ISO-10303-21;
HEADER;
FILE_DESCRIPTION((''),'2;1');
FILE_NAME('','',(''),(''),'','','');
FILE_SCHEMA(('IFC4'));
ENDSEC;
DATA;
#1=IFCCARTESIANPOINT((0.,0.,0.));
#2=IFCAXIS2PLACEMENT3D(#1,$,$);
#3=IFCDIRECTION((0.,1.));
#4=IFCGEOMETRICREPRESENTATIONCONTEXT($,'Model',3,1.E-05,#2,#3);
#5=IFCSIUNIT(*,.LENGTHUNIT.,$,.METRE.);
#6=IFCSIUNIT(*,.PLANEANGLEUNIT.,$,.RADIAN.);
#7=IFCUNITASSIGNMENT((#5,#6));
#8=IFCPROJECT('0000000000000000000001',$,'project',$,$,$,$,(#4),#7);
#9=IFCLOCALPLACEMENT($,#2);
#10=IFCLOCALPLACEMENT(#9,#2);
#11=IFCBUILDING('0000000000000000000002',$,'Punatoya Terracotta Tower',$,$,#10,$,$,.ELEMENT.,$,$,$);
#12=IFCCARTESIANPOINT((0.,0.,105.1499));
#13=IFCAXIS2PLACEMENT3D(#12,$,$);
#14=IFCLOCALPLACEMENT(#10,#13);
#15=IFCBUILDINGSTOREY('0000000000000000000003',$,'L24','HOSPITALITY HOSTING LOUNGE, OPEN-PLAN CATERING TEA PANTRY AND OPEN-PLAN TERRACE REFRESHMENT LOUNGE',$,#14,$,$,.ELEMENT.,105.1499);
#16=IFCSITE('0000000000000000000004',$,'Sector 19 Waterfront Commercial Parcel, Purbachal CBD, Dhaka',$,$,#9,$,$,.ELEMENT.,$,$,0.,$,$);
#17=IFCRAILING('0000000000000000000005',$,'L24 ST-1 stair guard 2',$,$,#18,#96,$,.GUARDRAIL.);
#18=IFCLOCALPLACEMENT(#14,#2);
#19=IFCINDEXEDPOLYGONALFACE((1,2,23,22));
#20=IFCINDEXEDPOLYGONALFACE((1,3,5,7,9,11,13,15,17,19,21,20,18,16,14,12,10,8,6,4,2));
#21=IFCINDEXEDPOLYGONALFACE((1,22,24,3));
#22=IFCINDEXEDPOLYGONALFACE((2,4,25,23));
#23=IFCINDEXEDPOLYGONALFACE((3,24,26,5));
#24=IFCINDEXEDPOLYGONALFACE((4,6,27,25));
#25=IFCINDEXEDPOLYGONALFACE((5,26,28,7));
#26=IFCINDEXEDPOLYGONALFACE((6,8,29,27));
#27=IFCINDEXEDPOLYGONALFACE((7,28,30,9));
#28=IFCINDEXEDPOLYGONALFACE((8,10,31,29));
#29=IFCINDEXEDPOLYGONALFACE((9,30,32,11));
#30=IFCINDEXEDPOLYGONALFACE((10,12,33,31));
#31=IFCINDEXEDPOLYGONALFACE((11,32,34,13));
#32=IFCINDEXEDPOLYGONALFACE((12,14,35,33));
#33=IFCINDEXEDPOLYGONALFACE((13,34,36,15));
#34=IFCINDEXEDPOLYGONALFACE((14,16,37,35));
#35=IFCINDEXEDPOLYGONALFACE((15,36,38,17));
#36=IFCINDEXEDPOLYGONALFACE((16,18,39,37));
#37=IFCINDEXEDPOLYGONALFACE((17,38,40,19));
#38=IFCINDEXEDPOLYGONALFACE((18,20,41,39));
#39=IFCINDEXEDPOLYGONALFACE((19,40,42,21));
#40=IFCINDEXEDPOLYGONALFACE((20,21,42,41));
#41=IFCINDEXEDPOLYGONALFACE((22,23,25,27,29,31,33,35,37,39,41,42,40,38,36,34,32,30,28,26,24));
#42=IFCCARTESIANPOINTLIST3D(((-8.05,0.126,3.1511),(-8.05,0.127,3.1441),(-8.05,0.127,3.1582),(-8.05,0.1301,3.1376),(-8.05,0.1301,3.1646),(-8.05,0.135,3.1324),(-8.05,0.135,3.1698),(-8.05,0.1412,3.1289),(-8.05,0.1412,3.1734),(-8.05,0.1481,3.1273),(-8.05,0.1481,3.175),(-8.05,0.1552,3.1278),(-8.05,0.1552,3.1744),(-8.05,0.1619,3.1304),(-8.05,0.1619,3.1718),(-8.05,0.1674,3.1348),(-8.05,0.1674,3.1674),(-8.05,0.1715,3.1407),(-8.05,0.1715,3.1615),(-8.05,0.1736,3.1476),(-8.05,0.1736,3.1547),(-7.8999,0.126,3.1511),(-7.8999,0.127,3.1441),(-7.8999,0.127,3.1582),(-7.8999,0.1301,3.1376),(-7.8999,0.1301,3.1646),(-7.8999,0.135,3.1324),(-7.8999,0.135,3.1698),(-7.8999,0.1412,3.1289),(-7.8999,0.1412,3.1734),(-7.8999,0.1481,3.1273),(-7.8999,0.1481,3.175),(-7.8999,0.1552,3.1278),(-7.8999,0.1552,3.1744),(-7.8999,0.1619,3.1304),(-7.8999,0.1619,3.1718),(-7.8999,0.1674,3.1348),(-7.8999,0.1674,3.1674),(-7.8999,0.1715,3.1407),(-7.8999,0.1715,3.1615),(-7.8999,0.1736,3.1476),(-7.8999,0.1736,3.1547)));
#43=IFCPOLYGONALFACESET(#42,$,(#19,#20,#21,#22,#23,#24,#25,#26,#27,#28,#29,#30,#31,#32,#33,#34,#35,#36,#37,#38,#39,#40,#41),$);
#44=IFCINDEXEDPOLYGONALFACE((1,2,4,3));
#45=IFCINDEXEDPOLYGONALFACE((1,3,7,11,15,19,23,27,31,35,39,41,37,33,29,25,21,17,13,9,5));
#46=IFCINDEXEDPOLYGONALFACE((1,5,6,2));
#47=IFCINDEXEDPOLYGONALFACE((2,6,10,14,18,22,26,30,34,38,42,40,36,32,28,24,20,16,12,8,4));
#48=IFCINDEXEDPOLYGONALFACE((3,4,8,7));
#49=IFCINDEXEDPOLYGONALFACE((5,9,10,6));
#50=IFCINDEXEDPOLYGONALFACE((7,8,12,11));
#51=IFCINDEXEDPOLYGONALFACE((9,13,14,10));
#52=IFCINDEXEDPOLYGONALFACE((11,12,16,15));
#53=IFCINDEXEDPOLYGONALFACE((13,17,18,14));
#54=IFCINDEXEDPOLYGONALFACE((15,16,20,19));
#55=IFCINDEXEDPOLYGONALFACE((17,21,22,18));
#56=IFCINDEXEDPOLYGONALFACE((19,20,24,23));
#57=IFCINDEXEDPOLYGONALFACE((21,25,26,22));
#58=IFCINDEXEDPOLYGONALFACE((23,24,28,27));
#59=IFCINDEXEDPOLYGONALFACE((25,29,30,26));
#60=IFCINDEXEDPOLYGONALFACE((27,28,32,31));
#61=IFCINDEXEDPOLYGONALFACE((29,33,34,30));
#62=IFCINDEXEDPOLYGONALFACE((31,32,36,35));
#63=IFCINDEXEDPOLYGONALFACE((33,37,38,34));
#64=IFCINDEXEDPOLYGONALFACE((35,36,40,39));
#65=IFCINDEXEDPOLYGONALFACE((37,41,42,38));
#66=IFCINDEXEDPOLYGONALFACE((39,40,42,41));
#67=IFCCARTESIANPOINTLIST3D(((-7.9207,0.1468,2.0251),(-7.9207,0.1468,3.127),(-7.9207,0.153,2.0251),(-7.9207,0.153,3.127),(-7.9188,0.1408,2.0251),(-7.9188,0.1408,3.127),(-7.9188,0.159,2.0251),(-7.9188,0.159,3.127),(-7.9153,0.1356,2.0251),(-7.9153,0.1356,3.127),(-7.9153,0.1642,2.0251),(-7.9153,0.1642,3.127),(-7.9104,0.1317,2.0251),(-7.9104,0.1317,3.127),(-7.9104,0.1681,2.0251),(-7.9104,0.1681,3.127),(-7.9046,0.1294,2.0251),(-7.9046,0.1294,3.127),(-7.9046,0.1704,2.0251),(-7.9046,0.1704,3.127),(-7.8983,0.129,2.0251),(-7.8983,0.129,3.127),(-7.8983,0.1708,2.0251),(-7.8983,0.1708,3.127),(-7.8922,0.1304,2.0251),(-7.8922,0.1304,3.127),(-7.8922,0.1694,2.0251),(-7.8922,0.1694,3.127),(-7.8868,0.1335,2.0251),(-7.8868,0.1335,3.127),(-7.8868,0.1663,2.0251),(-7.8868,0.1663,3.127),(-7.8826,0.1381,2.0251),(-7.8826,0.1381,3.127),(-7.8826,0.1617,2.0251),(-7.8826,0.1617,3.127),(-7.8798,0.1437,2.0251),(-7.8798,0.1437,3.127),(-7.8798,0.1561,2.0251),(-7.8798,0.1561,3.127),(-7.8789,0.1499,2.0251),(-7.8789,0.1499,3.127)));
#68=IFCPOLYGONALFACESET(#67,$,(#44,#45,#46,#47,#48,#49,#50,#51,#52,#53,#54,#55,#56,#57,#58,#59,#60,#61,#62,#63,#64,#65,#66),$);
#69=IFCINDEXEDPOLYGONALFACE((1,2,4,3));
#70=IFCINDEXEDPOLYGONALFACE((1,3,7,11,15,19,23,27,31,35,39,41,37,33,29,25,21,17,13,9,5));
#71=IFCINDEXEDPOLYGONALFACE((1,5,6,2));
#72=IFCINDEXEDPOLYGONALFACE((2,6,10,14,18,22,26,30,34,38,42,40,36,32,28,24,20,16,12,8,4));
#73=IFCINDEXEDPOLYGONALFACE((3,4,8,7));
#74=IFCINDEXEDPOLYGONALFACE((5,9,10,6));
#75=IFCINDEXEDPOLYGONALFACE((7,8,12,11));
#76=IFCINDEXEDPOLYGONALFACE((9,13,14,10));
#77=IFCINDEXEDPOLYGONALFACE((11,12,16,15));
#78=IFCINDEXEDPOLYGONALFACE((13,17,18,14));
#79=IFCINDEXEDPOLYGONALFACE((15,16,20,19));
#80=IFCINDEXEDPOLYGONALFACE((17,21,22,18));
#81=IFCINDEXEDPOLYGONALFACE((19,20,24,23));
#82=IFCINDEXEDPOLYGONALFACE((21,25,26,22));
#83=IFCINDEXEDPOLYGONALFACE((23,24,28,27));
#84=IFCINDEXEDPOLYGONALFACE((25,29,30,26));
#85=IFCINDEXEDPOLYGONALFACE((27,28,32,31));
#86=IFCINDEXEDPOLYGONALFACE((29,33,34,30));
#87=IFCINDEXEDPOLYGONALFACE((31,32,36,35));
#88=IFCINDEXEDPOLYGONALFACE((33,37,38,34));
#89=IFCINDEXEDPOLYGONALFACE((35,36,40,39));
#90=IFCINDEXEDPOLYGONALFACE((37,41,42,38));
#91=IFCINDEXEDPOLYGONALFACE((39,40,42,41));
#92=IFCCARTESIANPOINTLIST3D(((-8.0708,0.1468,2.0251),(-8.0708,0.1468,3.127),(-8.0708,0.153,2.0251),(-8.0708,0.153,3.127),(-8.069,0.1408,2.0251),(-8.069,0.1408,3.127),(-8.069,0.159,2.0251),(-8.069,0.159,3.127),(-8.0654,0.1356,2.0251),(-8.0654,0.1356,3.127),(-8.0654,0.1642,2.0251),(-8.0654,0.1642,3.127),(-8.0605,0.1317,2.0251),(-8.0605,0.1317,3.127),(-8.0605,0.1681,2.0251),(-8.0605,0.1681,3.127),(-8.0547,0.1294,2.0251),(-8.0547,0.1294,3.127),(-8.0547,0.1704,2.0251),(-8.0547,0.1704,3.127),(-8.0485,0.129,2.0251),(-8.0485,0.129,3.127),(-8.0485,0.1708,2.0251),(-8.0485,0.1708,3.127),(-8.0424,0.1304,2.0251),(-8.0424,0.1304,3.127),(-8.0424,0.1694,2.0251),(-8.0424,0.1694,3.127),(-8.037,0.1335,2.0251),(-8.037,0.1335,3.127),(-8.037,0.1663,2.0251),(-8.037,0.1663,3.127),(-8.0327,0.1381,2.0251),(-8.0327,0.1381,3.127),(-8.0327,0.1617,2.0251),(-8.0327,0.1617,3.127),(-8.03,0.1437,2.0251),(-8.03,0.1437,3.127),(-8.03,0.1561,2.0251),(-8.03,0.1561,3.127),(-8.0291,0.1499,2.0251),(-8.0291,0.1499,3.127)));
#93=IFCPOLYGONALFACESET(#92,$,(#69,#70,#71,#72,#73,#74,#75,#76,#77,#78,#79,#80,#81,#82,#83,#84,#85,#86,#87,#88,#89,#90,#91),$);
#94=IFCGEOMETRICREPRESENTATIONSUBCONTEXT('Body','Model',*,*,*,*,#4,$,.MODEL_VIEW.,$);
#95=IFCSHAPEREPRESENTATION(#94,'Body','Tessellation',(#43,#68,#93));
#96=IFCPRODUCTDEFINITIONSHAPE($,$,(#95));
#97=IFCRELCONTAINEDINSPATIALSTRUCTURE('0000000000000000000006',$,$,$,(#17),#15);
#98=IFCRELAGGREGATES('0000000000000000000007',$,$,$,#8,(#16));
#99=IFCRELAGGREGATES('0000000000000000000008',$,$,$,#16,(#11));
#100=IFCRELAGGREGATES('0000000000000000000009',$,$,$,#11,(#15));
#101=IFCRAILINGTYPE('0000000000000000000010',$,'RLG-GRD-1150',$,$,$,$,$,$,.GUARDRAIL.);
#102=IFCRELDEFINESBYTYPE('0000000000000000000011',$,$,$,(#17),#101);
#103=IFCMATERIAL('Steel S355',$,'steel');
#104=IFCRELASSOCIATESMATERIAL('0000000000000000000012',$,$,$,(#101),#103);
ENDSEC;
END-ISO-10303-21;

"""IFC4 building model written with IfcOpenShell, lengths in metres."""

from ifc_helpers import new_model, si_unit, direction, frame, origin, origin_2d, place, context, subcontext, project, spatial, circle, extrude, material, type_object, element, save


model = new_model("IFC4")

# Units and contexts
model_context = context("Model", 3, precision=1e-05, world=origin(), true_north=direction((0.0, 1.0)))
body_context = subcontext(model_context, "Body", "Model", "MODEL_VIEW")
ifc_project = project(units=[si_unit("LENGTHUNIT", "METRE"), si_unit("PLANEANGLEUNIT", "RADIAN")], contexts=[model_context])

# Site, building, storey
site_placement = place(None, origin())
site = spatial("IfcSite", under=ifc_project, at=site_placement, Name="Sector 19 Waterfront Commercial Parcel, Purbachal CBD, Dhaka", CompositionType="ELEMENT", RefElevation=0.0)
building_placement = place(site_placement, origin())
building = spatial("IfcBuilding", under=site, at=building_placement, Name="Punatoya Terracotta Tower", CompositionType="ELEMENT")
storey_placement = place(building_placement, frame((0.0, 0.0, 105.1499)))
storey = spatial("IfcBuildingStorey", under=building, at=storey_placement, Name="L24", Description="HOSPITALITY HOSTING LOUNGE, OPEN-PLAN CATERING TEA PANTRY AND OPEN-PLAN TERRACE REFRESHMENT LOUNGE", CompositionType="ELEMENT", Elevation=105.1499)

# Shared definitions
ifc_material_1 = material(Name="Steel S355", Category="steel")

# Railing
railing_type_1 = type_object("IfcRailingType", Name="RLG-GRD-1150", PredefinedType="GUARDRAIL", material=ifc_material_1)
railing_1_placement = place(storey_placement, frame((-7.8999, 0.1499, 2.0251)))
element("IfcRailing", 1, at=railing_1_placement, inside=storey, type_object=railing_type_1, Name="L24 ST-1 stair guard 2", PredefinedType="GUARDRAIL", context=body_context, shape_type="SweptSolid", body=[
    extrude(circle(Radius=0.0239, at=origin_2d()), frame((0.0, 0.0, 1.126), z_axis=(-1.0, 0.0, 0.0), x_axis=(0.0, -1.0, 0.0)), (0.0, 0.0, 1.0), 0.1501),
    extrude(circle(Radius=0.021, at=origin_2d()), origin(), (0.0, 0.0, 1.0), 1.1018),
    extrude(circle(Radius=0.021, at=origin_2d()), frame((-0.1501, 0.0, 0.0)), (0.0, 0.0, 1.0), 1.1018),
])

save(model, "model.ifc")
